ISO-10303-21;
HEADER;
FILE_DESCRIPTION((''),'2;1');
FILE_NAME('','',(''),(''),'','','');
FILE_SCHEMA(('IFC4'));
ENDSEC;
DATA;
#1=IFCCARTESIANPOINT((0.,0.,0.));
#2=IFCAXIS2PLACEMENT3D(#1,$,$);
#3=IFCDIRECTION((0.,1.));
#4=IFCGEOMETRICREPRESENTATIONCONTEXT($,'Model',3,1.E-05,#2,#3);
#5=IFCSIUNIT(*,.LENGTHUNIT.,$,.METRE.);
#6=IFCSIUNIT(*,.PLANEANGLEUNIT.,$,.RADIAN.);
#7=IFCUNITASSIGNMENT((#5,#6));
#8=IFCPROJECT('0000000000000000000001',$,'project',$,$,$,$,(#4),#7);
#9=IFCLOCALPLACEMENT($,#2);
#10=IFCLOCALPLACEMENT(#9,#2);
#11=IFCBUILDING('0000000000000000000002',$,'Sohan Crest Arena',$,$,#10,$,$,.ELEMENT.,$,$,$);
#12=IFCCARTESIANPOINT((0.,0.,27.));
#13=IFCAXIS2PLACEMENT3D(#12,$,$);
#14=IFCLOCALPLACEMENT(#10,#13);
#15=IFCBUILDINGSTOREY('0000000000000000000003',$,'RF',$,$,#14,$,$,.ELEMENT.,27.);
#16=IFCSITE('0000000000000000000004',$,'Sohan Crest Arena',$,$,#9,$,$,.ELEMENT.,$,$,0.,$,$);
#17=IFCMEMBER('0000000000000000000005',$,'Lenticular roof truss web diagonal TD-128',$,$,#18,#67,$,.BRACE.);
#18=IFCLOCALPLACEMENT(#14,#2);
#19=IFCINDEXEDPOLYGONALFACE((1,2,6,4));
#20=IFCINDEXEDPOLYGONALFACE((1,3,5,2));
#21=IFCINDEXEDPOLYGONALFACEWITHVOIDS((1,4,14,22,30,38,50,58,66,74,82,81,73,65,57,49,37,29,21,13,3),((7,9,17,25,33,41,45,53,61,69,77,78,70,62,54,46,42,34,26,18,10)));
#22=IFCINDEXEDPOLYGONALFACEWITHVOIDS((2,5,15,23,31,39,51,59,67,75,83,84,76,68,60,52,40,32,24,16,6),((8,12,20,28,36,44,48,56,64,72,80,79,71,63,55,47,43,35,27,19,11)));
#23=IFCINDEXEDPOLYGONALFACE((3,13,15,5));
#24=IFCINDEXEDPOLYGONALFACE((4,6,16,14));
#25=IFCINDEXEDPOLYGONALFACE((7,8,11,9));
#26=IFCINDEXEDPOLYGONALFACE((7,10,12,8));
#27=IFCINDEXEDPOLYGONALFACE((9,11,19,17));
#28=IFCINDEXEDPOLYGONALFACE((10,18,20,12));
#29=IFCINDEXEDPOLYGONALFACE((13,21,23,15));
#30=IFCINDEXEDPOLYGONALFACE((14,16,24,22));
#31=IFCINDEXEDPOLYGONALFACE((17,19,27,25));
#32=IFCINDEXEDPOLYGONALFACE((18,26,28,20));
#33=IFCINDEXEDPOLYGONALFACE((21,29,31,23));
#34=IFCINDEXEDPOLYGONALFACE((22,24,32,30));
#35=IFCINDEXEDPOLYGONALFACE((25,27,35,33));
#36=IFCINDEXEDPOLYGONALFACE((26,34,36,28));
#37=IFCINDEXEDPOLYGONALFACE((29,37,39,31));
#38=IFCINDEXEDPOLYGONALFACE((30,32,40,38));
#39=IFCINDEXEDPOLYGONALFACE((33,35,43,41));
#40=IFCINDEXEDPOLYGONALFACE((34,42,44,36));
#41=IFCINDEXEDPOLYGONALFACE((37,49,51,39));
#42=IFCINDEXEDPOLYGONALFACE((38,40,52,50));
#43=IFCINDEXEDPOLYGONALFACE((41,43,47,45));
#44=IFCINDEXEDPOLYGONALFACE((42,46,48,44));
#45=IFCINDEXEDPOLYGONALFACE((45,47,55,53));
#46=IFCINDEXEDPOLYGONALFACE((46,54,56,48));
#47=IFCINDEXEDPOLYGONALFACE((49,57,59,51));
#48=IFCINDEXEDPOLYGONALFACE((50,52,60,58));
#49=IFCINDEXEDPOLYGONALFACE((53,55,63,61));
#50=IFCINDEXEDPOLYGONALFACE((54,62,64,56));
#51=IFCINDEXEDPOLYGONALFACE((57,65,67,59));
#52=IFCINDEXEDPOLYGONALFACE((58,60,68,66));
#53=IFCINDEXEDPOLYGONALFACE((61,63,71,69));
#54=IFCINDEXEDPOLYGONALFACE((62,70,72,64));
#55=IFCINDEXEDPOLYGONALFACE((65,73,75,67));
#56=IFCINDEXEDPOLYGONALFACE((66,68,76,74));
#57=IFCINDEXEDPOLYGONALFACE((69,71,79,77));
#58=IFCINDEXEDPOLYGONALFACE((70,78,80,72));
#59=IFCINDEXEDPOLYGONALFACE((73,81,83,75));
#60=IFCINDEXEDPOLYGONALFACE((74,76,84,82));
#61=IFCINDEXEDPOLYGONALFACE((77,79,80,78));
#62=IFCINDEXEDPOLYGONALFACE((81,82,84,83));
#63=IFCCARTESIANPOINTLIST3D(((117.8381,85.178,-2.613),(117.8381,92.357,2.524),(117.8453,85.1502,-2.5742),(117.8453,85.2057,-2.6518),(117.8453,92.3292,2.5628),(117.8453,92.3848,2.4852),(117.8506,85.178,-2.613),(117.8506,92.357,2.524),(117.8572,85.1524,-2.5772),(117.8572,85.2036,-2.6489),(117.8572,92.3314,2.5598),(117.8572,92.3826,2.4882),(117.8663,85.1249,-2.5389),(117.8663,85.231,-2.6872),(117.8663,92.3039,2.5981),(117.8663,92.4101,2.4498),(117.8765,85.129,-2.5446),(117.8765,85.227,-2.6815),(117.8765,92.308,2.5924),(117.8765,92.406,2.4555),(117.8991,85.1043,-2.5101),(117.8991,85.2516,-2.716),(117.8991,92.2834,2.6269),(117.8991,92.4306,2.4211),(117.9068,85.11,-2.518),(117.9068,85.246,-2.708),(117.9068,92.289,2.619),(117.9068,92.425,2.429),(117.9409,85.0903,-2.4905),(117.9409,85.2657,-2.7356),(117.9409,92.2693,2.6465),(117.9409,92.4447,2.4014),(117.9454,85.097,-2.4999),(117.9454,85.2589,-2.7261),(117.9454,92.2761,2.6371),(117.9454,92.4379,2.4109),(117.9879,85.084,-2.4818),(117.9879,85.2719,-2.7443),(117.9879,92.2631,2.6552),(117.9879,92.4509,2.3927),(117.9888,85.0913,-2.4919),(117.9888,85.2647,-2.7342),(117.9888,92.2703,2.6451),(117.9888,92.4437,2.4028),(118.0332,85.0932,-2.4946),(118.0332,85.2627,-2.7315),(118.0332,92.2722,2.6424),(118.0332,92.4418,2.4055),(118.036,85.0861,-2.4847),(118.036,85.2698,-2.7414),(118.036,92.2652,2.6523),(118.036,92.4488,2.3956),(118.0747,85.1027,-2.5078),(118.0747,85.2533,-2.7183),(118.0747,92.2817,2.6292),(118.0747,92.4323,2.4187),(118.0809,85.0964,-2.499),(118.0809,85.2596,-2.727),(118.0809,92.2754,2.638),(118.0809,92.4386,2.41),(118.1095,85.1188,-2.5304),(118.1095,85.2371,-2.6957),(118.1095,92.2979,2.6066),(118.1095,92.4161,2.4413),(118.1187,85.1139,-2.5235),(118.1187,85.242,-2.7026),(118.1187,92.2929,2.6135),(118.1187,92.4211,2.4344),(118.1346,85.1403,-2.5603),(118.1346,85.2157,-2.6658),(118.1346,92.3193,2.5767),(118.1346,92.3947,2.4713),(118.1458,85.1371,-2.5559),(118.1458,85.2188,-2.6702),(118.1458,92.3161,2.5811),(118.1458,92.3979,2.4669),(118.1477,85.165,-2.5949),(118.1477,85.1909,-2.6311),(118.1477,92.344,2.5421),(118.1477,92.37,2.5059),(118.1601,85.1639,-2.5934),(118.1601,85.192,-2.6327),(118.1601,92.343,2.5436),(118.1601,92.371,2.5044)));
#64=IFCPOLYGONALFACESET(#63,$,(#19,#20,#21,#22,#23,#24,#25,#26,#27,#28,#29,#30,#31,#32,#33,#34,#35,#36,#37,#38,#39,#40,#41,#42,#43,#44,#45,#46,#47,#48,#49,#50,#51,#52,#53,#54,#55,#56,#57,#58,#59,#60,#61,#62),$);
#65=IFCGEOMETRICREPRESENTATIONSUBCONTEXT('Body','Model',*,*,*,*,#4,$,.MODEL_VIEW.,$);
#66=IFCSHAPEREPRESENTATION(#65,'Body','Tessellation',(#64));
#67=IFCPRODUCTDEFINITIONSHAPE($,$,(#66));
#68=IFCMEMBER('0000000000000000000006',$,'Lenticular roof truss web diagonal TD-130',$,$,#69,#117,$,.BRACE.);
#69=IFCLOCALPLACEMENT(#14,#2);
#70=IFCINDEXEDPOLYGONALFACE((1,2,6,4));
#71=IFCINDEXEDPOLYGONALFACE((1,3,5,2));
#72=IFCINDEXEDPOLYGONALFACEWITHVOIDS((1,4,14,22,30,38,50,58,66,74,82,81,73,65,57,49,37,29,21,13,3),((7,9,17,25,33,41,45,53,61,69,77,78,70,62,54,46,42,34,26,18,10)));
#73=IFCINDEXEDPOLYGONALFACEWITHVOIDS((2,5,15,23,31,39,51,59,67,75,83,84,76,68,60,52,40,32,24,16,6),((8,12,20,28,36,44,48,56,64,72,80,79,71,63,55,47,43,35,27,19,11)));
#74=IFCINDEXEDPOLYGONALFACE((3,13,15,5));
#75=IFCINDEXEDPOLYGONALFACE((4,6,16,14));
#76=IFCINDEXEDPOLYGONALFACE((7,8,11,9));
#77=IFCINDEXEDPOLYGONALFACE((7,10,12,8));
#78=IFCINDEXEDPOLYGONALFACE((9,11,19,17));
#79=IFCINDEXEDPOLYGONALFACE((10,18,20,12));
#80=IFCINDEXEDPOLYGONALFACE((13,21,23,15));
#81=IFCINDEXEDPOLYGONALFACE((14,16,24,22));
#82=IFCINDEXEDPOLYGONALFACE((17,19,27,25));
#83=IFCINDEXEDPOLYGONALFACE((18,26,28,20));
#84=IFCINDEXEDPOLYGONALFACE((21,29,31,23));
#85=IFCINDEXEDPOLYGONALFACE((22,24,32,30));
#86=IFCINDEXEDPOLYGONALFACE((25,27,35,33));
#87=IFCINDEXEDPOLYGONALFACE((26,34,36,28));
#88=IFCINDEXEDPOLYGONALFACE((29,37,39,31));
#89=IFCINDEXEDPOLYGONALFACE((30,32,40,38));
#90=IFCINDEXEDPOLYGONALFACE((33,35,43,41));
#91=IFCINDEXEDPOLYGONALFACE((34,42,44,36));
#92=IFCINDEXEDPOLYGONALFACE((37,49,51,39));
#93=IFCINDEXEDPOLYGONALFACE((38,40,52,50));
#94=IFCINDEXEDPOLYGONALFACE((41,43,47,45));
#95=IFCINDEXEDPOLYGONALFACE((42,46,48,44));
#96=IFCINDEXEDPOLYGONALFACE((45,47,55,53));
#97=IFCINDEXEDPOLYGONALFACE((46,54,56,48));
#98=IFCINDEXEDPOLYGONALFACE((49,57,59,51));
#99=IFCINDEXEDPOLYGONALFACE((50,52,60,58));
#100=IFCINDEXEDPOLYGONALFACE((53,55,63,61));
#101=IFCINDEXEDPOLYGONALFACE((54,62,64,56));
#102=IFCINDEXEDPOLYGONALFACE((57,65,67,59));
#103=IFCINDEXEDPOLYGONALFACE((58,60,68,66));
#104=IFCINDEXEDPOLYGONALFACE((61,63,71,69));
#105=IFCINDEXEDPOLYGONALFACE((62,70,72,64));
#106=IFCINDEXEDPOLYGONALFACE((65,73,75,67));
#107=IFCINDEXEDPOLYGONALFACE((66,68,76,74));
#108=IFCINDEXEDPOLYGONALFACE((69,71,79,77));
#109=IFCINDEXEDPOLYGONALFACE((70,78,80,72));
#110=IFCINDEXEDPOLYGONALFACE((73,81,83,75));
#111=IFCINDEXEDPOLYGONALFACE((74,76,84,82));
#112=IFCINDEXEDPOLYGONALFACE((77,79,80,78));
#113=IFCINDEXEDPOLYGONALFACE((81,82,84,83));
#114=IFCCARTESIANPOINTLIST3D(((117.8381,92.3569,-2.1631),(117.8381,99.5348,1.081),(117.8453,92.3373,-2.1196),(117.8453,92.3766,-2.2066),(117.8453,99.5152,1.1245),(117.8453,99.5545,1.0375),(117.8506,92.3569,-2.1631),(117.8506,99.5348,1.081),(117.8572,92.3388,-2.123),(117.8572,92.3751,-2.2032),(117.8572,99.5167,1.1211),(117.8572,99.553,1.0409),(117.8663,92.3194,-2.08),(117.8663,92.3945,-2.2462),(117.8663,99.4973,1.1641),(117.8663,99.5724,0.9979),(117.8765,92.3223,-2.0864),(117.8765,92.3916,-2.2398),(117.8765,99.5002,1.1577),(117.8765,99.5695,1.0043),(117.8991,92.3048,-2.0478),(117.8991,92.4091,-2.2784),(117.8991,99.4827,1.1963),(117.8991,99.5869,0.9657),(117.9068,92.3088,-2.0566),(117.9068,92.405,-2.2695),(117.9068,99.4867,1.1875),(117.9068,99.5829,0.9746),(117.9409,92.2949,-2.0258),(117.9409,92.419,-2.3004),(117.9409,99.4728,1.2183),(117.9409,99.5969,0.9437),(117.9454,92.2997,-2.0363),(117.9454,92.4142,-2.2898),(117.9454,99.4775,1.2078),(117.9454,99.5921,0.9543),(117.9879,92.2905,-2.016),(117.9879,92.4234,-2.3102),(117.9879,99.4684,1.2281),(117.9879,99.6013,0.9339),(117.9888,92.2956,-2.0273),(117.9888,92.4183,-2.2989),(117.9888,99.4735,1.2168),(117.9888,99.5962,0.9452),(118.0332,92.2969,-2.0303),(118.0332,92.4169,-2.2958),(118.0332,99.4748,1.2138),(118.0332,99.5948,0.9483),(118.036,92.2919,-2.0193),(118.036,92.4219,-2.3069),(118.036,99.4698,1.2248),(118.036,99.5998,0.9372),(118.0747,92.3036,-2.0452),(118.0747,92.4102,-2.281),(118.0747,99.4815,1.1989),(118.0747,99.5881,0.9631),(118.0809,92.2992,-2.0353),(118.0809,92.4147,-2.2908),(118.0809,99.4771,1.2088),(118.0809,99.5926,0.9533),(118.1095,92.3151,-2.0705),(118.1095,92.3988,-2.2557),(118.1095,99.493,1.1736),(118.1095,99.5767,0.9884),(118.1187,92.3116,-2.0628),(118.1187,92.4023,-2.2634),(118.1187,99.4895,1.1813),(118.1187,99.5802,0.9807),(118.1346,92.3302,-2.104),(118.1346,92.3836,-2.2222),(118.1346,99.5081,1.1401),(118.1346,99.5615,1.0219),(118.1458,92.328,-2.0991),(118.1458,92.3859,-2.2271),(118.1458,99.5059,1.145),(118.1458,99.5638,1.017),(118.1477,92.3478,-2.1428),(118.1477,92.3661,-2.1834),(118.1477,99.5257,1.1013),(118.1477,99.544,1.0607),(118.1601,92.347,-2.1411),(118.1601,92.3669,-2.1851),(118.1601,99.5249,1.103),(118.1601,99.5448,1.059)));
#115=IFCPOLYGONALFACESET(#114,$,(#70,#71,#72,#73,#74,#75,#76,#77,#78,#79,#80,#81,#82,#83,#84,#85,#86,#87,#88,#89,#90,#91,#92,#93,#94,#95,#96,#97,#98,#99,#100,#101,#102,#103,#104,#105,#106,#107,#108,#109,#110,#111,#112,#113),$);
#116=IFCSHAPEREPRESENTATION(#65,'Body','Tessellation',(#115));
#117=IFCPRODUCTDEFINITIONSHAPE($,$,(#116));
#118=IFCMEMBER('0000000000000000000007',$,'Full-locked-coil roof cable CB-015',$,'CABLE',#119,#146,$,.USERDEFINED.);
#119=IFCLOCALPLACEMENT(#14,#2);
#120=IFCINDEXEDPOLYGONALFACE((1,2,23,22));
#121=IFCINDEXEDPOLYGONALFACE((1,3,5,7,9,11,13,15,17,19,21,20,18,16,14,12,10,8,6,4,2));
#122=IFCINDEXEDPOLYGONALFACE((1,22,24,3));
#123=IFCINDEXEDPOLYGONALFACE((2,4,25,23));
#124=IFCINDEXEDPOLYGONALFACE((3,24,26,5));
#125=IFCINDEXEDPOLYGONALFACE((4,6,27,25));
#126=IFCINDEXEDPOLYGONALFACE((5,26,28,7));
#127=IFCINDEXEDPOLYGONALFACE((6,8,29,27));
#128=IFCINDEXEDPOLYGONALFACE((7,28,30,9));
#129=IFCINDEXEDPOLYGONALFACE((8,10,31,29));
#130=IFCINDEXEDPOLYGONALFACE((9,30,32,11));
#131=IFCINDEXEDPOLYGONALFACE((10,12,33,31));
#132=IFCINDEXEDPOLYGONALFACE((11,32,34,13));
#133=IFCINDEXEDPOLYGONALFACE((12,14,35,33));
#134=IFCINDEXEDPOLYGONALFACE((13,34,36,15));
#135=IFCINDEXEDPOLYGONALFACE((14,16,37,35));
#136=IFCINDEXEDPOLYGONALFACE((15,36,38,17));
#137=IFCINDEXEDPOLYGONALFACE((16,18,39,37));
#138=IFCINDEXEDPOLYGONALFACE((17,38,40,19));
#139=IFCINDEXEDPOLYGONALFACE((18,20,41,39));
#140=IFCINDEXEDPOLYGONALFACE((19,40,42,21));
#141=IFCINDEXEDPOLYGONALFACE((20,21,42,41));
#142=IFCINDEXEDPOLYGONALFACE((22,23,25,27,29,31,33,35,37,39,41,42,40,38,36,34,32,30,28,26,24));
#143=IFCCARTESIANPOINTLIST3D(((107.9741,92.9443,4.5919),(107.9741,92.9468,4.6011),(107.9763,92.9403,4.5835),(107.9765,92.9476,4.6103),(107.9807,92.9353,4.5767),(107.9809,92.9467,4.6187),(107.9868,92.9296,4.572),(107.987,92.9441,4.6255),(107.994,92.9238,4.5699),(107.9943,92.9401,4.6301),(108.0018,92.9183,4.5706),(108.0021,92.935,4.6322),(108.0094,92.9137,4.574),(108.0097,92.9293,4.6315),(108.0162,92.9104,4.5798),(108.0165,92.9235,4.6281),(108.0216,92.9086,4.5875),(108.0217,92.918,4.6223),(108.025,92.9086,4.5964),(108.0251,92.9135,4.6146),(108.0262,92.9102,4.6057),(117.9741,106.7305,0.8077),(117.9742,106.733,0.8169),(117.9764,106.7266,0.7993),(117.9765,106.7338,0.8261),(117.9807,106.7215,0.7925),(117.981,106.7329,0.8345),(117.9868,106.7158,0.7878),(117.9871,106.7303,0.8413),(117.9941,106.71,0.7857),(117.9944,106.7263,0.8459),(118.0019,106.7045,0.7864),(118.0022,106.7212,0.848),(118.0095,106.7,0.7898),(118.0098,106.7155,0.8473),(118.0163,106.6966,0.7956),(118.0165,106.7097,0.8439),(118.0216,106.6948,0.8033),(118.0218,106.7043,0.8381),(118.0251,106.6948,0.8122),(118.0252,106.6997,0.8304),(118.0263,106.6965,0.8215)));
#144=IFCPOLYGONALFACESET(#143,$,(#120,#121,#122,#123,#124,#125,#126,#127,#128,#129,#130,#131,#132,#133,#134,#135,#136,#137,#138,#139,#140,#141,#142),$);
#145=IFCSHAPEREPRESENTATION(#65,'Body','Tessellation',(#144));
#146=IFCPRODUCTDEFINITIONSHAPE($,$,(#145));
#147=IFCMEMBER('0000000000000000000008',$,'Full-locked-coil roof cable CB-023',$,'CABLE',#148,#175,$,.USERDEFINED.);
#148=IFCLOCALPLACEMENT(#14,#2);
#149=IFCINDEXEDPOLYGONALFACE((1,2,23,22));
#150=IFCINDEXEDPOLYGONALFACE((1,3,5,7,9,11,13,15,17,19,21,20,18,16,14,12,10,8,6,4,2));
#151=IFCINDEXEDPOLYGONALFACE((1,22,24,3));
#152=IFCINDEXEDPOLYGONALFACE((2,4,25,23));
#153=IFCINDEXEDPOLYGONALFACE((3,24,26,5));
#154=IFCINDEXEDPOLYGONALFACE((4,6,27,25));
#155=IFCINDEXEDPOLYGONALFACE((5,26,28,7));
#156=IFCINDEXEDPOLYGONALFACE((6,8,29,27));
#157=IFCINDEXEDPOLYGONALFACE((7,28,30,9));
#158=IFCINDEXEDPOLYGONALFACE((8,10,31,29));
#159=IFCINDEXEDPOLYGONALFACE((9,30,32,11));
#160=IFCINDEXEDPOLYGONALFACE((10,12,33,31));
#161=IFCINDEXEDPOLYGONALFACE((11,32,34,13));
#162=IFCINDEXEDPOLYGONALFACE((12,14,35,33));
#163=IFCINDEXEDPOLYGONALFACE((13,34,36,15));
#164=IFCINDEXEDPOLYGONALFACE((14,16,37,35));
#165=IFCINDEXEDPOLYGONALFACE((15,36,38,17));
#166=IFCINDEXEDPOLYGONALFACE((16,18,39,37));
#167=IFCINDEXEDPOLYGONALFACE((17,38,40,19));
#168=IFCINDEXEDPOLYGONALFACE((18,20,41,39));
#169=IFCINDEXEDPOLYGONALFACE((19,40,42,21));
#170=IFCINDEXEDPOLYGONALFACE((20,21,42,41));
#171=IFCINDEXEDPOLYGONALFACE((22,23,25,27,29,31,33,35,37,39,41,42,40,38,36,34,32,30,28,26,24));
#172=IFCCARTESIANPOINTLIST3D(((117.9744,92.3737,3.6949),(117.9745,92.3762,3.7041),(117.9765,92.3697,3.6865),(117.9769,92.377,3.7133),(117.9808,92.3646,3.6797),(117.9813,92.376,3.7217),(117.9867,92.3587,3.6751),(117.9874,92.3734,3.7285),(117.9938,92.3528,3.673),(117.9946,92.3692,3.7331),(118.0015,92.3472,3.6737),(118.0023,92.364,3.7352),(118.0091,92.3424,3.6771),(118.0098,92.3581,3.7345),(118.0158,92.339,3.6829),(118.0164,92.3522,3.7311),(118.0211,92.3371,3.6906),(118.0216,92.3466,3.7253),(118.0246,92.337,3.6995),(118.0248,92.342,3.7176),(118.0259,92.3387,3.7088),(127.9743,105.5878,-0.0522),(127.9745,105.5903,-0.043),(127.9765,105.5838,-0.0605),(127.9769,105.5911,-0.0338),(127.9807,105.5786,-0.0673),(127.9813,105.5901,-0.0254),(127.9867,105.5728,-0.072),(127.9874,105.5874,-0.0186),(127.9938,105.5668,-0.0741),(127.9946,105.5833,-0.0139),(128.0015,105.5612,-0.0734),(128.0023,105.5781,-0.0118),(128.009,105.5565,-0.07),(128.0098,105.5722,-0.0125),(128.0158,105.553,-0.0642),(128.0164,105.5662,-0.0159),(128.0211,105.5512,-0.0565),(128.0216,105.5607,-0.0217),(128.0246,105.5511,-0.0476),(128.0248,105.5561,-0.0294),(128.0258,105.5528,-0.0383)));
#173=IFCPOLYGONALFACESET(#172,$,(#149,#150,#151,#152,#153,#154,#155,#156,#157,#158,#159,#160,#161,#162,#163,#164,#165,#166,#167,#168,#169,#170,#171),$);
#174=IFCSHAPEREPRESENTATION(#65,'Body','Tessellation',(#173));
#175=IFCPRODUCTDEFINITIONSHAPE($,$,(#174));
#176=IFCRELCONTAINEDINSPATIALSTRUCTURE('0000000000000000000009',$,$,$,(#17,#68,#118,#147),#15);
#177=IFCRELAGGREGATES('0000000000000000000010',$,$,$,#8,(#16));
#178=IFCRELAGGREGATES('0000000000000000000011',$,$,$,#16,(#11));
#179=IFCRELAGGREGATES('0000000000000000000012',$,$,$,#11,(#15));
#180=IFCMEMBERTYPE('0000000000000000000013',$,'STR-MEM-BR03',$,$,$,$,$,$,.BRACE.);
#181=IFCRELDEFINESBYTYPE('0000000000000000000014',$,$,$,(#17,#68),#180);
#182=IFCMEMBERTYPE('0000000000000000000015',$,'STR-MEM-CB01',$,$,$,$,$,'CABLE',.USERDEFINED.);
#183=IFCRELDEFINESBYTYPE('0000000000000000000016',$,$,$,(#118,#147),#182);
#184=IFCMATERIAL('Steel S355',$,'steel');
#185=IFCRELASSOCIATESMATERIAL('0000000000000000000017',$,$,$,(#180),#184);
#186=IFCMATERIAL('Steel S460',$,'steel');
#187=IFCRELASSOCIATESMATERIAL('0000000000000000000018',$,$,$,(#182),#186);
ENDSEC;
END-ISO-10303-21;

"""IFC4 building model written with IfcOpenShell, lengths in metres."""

from ifc_helpers import new_model, si_unit, direction, frame, origin, origin_2d, place, context, subcontext, project, spatial, circle, hollow_circle, extrude, material, material_profile, profile_set, type_object, element, save


model = new_model("IFC4")

# Units and contexts
model_context = context("Model", 3, precision=1e-05, world=origin(), true_north=direction((0.0, 1.0)))
body_context = subcontext(model_context, "Body", "Model", "MODEL_VIEW")
ifc_project = project(units=[si_unit("LENGTHUNIT", "METRE"), si_unit("PLANEANGLEUNIT", "RADIAN")], contexts=[model_context])

# Site, building, storey
site_placement = place(None, origin())
site = spatial("IfcSite", under=ifc_project, at=site_placement, Name="Sohan Crest Arena", CompositionType="ELEMENT", RefElevation=0.0)
building_placement = place(site_placement, origin())
building = spatial("IfcBuilding", under=site, at=building_placement, Name="Sohan Crest Arena", CompositionType="ELEMENT")
storey_placement = place(building_placement, frame((0.0, 0.0, 27.0)))
storey = spatial("IfcBuildingStorey", under=building, at=storey_placement, Name="RF", CompositionType="ELEMENT", Elevation=27.0)

# Shared definitions
ifc_material_1 = material(Name="Steel S355", Category="steel")

# Members
ifc_material_profile_1 = material_profile(ifc_material_1, hollow_circle(Radius=0.1619, WallThickness=0.0125, at=origin_2d()), Name="CHS 323.9x12.5")
ifc_profile_set_1 = profile_set([ifc_material_profile_1], Name="Steel S355")
member_type_1 = type_object("IfcMemberType", Name="STR-MEM-BR03", PredefinedType="BRACE", material=ifc_profile_set_1)
member_1_placement = place(storey_placement, frame((118.0, 85.178, -2.613), z_axis=(0.0, 0.813244, 0.581923), x_axis=(-1.0, 0.0, 0.0)))
element("IfcMember", 1, at=member_1_placement, inside=storey, type_object=member_type_1, Name="Lenticular roof truss web diagonal TD-128", PredefinedType="BRACE", context=body_context, shape_type="SweptSolid", body=[
    extrude(hollow_circle(Radius=0.1619, WallThickness=0.0125, at=origin_2d()), origin(), (0.0, 0.0, 1.0), 8.8276),
])
member_2_placement = place(storey_placement, frame((118.0, 92.3569, -2.1631), z_axis=(0.0, 0.911253, 0.411847), x_axis=(-1.0, 0.0, 0.0)))
element("IfcMember", 2, at=member_2_placement, inside=storey, type_object=member_type_1, Name="Lenticular roof truss web diagonal TD-130", PredefinedType="BRACE", context=body_context, shape_type="SweptSolid", body=[
    extrude(hollow_circle(Radius=0.1619, WallThickness=0.0125, at=origin_2d()), origin(), (0.0, 0.0, 1.0), 7.877),
])
ifc_material_2 = material(Name="Steel S460", Category="steel")
ifc_material_profile_2 = material_profile(ifc_material_2, circle(Radius=0.032, at=origin_2d()), Name="FLC D64")
ifc_profile_set_2 = profile_set([ifc_material_profile_2], Name="Steel S460")
member_type_2 = type_object("IfcMemberType", Name="STR-MEM-CB01", ElementType="CABLE", PredefinedType="USERDEFINED", material=ifc_profile_set_2)
member_3_placement = place(storey_placement, frame((108.0, 92.928, 4.6011), z_axis=(0.573184, 0.790199, -0.216903), x_axis=(-0.809469, 0.587162, 0.0)))
element("IfcMember", 3, at=member_3_placement, inside=storey, type_object=member_type_2, Name="Full-locked-coil roof cable CB-015", ObjectType="CABLE", PredefinedType="USERDEFINED", context=body_context, shape_type="SweptSolid", body=[
    extrude(circle(Radius=0.032, at=origin_2d()), origin(), (0.0, 0.0, 1.0), 17.4465),
])
member_4_placement = place(storey_placement, frame((118.0, 92.3569, 3.7041), z_axis=(0.588588, 0.777767, -0.220548), x_axis=(-0.797403, 0.603448, 0.0)))
element("IfcMember", 4, at=member_4_placement, inside=storey, type_object=member_type_2, Name="Full-locked-coil roof cable CB-023", ObjectType="CABLE", PredefinedType="USERDEFINED", context=body_context, shape_type="SweptSolid", body=[
    extrude(circle(Radius=0.032, at=origin_2d()), origin(), (0.0, 0.0, 1.0), 16.9897),
])

save(model, "model.ifc")
